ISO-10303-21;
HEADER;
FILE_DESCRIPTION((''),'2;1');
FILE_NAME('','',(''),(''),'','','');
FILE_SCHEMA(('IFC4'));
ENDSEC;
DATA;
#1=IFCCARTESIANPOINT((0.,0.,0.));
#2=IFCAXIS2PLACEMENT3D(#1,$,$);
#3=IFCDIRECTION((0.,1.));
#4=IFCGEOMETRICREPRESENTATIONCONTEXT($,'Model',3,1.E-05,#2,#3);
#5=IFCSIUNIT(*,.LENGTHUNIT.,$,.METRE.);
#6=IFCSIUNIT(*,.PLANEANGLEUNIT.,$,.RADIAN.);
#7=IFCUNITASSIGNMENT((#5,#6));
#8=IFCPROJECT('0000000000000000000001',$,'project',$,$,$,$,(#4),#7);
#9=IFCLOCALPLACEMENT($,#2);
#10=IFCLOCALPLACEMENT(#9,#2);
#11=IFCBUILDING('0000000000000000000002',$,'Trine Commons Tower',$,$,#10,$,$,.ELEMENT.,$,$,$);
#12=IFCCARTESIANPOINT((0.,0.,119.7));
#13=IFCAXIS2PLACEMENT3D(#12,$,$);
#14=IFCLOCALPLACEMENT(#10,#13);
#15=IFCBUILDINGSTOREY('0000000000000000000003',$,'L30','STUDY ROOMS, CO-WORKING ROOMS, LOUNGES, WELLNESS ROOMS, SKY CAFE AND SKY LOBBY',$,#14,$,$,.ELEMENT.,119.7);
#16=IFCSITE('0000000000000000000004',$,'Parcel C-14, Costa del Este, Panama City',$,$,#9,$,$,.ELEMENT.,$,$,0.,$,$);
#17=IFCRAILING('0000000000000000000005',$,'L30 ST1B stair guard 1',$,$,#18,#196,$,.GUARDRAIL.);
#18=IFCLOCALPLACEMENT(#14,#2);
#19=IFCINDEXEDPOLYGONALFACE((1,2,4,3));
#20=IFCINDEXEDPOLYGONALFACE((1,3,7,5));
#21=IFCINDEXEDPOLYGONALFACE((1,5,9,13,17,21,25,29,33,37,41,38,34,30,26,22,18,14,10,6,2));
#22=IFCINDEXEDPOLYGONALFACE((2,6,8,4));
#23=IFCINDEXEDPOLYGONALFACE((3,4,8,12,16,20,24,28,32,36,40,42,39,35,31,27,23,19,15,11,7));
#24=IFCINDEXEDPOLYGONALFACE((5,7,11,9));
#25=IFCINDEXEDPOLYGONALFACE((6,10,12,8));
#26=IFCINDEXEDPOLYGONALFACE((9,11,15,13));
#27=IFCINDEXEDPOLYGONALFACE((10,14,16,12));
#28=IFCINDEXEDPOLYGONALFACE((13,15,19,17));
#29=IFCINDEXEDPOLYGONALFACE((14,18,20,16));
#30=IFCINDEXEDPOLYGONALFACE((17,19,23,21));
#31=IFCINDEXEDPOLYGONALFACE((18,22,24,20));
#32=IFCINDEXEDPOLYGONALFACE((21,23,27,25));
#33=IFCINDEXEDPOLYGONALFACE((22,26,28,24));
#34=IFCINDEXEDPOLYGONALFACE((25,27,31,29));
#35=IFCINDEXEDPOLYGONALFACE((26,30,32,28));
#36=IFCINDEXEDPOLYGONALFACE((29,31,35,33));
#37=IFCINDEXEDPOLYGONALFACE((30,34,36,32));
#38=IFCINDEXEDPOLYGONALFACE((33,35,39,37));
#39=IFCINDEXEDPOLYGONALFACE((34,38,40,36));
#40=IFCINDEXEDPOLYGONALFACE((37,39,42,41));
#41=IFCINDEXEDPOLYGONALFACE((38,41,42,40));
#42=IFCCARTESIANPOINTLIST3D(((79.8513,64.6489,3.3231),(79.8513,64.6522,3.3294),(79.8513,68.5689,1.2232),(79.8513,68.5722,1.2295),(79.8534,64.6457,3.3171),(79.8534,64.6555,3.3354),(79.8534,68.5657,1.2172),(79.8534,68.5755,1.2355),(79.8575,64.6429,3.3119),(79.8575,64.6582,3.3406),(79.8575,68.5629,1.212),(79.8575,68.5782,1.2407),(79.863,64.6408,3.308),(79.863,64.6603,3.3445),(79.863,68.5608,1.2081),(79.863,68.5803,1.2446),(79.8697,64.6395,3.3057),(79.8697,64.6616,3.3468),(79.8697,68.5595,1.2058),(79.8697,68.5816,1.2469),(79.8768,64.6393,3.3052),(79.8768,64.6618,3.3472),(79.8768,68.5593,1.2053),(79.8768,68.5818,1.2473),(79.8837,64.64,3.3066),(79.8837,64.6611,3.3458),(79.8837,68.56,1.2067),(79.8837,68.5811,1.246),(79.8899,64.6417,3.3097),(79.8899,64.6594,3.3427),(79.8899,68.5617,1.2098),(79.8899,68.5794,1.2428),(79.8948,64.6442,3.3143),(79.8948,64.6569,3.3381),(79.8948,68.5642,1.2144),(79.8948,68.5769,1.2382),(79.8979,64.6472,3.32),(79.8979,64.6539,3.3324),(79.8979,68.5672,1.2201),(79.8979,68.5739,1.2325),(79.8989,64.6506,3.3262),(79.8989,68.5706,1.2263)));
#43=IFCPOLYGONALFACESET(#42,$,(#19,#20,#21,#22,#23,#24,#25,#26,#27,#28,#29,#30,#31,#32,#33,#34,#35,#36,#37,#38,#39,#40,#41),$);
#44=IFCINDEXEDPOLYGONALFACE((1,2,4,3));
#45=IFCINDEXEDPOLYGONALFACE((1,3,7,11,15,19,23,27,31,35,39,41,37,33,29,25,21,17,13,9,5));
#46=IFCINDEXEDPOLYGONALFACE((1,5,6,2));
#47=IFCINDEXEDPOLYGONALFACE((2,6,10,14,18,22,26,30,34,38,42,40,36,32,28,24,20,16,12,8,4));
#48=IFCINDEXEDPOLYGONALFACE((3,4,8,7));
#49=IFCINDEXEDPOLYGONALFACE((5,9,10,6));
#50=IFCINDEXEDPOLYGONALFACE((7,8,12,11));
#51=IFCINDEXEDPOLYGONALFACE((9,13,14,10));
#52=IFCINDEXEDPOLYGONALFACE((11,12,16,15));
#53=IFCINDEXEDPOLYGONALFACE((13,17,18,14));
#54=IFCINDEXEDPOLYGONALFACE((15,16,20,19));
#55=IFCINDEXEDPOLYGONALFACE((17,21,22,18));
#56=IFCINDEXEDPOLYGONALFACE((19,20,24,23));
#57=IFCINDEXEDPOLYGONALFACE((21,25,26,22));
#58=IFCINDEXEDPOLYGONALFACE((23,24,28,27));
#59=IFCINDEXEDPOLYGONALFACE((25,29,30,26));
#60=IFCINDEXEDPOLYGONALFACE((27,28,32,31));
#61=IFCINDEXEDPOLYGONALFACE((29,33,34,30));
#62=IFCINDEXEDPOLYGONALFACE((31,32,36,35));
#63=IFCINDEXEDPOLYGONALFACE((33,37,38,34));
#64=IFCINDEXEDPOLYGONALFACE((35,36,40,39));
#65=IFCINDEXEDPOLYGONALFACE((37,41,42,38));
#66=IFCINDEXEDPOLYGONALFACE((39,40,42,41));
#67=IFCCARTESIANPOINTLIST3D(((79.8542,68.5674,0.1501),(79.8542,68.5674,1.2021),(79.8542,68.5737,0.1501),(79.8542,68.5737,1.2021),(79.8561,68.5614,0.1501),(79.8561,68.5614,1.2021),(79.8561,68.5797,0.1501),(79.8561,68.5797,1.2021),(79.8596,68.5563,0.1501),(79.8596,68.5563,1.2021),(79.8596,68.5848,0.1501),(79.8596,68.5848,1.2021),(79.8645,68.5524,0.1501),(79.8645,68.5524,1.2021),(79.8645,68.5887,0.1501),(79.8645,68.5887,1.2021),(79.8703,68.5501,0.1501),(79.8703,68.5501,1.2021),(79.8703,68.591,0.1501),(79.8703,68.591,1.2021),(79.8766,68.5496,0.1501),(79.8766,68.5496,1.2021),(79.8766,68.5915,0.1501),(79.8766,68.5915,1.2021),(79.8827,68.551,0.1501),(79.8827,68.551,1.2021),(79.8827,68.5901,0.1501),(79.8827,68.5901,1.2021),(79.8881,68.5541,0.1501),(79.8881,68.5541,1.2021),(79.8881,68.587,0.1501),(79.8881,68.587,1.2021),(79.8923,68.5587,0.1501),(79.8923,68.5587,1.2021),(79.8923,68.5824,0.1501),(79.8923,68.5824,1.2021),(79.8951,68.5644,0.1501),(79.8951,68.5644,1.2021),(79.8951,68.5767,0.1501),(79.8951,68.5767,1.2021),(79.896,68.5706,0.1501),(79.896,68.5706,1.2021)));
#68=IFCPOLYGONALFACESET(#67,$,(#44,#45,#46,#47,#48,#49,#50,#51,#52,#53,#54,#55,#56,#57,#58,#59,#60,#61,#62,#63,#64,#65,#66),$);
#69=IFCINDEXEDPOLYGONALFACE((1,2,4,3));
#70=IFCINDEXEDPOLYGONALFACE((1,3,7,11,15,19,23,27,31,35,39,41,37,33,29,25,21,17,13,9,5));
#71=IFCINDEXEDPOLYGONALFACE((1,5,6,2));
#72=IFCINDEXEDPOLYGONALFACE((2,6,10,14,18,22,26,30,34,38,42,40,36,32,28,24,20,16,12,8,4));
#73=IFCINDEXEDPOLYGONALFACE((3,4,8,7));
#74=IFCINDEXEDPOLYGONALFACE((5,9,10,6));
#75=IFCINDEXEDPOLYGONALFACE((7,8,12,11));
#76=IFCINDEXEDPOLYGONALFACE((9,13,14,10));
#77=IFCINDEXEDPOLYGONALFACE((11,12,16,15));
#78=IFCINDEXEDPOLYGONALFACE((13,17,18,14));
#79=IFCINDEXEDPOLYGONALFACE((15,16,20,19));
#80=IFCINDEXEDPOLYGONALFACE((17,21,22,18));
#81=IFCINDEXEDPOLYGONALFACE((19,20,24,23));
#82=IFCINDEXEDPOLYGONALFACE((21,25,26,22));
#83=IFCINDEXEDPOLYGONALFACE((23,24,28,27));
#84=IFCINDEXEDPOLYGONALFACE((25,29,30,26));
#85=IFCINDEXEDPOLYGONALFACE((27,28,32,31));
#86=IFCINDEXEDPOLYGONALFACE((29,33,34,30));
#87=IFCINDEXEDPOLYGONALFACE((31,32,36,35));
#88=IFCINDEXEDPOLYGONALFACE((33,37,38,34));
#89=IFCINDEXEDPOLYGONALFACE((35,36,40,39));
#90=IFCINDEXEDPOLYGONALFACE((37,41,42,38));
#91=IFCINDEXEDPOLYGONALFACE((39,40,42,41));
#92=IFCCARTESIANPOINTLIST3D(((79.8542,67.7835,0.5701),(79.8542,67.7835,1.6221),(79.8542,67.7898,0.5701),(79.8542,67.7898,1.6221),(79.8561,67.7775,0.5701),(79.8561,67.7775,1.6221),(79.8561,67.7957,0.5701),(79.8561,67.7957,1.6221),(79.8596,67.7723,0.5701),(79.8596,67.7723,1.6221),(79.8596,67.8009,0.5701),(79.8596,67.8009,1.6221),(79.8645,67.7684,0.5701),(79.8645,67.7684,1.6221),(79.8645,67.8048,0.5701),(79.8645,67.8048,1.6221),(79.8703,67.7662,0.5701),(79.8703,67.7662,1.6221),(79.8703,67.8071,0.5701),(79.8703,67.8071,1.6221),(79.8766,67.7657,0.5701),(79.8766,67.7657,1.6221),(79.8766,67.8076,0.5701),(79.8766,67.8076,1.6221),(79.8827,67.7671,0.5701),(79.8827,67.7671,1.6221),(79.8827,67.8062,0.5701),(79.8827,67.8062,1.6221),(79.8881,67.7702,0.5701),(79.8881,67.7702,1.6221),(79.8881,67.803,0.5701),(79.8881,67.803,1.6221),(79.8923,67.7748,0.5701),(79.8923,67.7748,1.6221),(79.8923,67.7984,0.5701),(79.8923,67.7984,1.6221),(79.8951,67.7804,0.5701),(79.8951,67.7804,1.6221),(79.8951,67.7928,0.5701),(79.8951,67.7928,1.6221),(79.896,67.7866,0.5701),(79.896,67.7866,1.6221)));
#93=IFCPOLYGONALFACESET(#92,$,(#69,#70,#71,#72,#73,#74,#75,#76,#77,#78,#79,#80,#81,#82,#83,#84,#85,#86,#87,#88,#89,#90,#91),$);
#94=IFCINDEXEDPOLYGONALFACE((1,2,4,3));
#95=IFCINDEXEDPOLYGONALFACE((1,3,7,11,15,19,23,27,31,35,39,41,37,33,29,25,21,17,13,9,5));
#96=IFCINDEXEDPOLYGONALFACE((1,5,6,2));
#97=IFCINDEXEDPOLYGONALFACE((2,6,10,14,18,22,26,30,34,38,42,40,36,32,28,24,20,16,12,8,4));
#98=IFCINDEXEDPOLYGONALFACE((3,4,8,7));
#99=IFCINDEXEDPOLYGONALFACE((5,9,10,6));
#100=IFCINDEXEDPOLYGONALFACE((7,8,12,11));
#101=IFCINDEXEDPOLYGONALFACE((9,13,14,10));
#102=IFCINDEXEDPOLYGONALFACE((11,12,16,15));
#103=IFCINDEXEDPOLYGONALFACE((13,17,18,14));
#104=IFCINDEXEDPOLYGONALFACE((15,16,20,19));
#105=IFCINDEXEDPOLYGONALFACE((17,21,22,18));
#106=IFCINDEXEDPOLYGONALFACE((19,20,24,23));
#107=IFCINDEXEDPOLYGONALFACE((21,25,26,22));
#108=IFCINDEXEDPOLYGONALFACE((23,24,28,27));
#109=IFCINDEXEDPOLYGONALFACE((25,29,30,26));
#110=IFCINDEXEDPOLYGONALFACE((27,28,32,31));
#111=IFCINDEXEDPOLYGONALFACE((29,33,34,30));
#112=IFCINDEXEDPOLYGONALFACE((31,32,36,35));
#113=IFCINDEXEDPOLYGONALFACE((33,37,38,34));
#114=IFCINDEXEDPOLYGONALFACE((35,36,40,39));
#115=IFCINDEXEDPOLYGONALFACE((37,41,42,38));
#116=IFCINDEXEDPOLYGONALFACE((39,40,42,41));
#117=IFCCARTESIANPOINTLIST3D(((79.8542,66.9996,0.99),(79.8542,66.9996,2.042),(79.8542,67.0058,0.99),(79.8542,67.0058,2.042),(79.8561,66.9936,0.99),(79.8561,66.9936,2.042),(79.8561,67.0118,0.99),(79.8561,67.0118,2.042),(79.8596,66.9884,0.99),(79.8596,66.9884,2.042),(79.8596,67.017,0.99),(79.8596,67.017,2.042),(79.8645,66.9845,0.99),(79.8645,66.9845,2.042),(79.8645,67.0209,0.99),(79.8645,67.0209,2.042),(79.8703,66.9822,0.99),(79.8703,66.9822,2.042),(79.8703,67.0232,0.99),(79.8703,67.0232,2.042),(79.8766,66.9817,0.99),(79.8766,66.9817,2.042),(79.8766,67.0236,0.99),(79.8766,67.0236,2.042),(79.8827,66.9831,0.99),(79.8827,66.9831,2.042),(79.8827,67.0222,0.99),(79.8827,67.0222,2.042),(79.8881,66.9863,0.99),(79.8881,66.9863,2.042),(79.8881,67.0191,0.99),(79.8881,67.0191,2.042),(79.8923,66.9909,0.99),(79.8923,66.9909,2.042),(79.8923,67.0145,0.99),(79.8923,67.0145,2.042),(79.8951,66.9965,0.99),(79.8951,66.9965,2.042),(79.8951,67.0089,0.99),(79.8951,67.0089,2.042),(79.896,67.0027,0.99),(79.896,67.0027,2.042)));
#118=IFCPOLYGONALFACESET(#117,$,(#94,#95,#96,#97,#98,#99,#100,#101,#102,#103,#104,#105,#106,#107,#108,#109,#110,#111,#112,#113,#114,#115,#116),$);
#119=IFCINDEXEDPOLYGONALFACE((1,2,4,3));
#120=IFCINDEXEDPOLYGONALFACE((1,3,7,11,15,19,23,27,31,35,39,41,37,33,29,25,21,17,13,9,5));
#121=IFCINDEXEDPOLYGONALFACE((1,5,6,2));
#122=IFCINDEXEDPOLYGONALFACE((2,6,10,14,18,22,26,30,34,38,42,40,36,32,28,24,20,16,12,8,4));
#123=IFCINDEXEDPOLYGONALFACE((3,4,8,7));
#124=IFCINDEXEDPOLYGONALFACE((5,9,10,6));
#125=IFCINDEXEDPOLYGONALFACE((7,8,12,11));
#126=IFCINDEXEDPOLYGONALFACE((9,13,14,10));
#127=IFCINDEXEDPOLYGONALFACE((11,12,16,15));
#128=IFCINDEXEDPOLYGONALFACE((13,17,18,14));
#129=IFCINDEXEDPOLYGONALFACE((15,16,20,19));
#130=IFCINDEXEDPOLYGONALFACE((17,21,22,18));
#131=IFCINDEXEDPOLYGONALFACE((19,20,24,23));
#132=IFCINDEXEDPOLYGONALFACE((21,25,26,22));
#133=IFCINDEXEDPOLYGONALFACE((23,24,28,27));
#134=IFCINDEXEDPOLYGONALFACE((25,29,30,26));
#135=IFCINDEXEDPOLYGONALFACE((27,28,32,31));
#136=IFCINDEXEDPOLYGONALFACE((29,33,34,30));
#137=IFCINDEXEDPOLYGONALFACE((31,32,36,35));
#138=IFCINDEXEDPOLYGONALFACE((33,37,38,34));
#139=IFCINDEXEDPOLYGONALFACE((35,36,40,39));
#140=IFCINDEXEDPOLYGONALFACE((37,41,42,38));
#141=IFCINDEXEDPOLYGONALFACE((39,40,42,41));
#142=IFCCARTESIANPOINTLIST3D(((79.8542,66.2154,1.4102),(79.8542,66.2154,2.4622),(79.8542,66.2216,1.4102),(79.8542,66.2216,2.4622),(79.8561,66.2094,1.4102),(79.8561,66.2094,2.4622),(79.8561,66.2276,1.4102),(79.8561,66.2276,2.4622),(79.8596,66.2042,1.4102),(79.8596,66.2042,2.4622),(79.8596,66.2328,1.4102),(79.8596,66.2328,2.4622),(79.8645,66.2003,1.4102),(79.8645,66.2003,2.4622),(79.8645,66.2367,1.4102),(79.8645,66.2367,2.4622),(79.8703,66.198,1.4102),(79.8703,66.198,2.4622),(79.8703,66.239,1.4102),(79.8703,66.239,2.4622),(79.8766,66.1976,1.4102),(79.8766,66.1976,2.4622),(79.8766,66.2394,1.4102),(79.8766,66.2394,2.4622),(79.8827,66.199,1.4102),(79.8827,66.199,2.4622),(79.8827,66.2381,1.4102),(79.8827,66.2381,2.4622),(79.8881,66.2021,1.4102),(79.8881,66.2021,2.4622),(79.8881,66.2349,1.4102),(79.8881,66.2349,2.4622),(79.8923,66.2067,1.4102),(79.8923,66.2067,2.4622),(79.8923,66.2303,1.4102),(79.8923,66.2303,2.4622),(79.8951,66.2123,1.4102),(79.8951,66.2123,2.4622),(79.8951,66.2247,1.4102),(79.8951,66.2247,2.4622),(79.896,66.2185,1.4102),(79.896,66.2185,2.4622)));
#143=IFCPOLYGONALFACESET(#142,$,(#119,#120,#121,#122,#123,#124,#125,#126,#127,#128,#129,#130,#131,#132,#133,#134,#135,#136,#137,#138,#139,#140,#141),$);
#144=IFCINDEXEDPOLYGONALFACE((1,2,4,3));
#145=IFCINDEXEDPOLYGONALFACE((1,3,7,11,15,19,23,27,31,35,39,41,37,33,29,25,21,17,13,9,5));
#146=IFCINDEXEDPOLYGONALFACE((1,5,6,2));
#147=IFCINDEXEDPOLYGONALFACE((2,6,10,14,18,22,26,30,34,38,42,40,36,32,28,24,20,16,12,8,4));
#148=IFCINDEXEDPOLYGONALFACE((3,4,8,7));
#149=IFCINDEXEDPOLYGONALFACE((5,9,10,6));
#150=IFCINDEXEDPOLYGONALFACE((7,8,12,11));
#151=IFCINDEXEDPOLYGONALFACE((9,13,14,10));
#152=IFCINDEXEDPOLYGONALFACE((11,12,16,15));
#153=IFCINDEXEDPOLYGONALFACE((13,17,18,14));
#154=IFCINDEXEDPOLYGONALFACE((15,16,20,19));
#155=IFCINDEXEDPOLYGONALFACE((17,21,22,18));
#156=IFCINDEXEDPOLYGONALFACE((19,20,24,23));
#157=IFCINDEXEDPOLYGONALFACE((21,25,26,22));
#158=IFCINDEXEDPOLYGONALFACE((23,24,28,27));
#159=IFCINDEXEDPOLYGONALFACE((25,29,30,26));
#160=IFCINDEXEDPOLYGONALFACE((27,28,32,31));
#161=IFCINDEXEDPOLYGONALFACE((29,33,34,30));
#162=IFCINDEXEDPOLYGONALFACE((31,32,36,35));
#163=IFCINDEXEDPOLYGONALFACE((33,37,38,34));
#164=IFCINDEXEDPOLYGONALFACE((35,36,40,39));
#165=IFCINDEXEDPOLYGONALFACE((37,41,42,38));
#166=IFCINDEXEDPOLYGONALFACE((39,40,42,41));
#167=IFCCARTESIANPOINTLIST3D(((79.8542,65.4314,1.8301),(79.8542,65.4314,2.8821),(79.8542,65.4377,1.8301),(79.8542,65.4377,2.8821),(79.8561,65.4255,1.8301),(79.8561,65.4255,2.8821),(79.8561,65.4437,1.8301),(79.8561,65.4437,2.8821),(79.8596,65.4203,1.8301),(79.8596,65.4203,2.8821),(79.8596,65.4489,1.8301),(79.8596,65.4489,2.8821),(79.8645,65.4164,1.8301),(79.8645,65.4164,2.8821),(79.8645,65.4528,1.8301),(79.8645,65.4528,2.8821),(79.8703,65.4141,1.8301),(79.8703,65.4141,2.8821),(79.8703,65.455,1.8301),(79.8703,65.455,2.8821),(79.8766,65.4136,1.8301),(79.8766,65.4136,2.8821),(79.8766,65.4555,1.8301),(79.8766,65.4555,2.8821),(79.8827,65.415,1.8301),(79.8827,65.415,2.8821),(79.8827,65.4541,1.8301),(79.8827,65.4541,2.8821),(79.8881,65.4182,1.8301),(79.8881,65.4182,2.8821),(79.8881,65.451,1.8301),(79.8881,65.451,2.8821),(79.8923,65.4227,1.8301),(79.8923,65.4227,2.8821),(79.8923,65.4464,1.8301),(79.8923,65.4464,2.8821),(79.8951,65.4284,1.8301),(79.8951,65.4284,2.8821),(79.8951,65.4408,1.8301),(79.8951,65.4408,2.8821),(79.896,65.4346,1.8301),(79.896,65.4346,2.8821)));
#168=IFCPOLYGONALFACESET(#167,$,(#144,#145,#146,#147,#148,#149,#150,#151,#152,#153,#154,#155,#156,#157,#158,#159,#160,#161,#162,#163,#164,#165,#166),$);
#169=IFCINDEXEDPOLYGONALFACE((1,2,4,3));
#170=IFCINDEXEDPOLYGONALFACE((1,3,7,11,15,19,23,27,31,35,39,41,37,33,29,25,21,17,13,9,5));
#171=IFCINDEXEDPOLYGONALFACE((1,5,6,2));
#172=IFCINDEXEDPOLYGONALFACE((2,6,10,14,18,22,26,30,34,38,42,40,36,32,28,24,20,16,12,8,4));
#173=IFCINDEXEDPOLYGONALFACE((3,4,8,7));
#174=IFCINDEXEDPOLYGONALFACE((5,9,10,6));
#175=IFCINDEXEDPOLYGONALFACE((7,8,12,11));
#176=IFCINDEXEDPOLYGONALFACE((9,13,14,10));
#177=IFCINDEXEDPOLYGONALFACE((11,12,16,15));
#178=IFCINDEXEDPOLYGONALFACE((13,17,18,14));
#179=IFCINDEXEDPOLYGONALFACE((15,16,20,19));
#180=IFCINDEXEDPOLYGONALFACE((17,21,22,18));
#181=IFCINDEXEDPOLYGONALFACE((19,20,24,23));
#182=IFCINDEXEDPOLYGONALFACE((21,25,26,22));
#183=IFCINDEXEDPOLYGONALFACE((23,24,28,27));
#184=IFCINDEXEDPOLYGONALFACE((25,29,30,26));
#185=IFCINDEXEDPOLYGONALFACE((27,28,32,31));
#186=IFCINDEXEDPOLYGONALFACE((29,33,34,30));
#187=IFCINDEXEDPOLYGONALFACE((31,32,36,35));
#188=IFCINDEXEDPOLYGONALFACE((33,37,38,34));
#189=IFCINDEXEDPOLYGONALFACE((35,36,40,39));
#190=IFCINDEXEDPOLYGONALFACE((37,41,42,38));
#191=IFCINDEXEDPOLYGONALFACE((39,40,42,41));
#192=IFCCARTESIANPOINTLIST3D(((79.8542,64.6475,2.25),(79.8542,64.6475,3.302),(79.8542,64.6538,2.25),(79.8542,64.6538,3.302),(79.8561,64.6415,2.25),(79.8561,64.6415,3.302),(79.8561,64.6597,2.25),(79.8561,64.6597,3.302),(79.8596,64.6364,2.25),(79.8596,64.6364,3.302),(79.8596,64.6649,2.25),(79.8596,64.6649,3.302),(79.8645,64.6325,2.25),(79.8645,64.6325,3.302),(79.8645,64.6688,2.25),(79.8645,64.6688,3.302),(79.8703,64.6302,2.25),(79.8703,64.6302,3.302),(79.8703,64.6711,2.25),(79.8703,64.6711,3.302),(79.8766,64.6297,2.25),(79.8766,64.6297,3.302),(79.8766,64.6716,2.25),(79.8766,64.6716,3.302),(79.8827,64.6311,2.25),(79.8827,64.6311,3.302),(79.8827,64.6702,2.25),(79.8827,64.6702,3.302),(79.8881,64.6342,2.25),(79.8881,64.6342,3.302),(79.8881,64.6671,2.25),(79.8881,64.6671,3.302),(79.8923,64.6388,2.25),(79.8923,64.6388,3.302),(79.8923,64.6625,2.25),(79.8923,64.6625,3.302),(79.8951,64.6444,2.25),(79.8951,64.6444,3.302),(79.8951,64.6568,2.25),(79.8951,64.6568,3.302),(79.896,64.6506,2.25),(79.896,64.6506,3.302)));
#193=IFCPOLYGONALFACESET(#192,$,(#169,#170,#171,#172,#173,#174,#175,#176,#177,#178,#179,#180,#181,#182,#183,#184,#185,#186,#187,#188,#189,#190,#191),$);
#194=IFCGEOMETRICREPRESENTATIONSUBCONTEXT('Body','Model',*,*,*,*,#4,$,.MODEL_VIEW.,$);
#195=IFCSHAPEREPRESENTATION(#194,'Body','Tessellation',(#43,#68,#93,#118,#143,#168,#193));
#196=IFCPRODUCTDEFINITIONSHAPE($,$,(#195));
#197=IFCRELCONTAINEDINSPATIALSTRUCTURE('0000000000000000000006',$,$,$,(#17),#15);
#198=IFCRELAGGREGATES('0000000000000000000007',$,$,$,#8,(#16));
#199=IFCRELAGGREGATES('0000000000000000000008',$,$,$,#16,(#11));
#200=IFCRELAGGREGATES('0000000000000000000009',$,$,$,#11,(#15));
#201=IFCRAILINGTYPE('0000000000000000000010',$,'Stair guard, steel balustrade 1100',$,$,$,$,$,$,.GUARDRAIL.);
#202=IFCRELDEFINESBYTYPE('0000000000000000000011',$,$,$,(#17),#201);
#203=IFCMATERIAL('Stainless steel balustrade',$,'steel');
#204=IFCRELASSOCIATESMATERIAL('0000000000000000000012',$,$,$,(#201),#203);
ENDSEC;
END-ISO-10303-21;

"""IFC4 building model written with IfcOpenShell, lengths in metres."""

from ifc_helpers import new_model, si_unit, direction, frame, origin, origin_2d, place, context, subcontext, project, spatial, circle, extrude, material, type_object, element, save


model = new_model("IFC4")

# Units and contexts
model_context = context("Model", 3, precision=1e-05, world=origin(), true_north=direction((0.0, 1.0)))
body_context = subcontext(model_context, "Body", "Model", "MODEL_VIEW")
ifc_project = project(units=[si_unit("LENGTHUNIT", "METRE"), si_unit("PLANEANGLEUNIT", "RADIAN")], contexts=[model_context])

# Site, building, storey
site_placement = place(None, origin())
site = spatial("IfcSite", under=ifc_project, at=site_placement, Name="Parcel C-14, Costa del Este, Panama City", CompositionType="ELEMENT", RefElevation=0.0)
building_placement = place(site_placement, origin())
building = spatial("IfcBuilding", under=site, at=building_placement, Name="Trine Commons Tower", CompositionType="ELEMENT")
storey_placement = place(building_placement, frame((0.0, 0.0, 119.7)))
storey = spatial("IfcBuildingStorey", under=building, at=storey_placement, Name="L30", Description="STUDY ROOMS, CO-WORKING ROOMS, LOUNGES, WELLNESS ROOMS, SKY CAFE AND SKY LOBBY", CompositionType="ELEMENT", Elevation=119.7)

# Railing
ifc_material_1 = material(Name="Stainless steel balustrade", Category="steel")
railing_type_1 = type_object("IfcRailingType", Name="Stair guard, steel balustrade 1100", PredefinedType="GUARDRAIL", material=ifc_material_1)
railing_1_placement = place(storey_placement, frame((79.875, 68.5706, 0.1501)))
element("IfcRailing", 1, at=railing_1_placement, inside=storey, type_object=railing_type_1, Name="L30 ST1B stair guard 1", PredefinedType="GUARDRAIL", context=body_context, shape_type="SweptSolid", body=[
    extrude(circle(Radius=0.0239, at=origin_2d()), frame((0.0, 0.0, 1.0762), z_axis=(0.0, -0.88149, 0.472203), x_axis=(1.0, 0.0, 0.0)), (0.0, 0.0, 1.0), 4.447),
    extrude(circle(Radius=0.021, at=origin_2d()), origin(), (0.0, 0.0, 1.0), 1.052),
    extrude(circle(Radius=0.021, at=origin_2d()), frame((0.0, -0.7839, 0.4199)), (0.0, 0.0, 1.0), 1.052),
    extrude(circle(Radius=0.021, at=origin_2d()), frame((0.0, -1.5679, 0.8398)), (0.0, 0.0, 1.0), 1.052),
    extrude(circle(Radius=0.021, at=origin_2d()), frame((0.0, -2.3521, 1.26)), (0.0, 0.0, 1.0), 1.052),
    extrude(circle(Radius=0.021, at=origin_2d()), frame((0.0, -3.136, 1.6799)), (0.0, 0.0, 1.0), 1.052),
    extrude(circle(Radius=0.021, at=origin_2d()), frame((0.0, -3.9199, 2.0999)), (0.0, 0.0, 1.0), 1.052),
])

save(model, "model.ifc")
